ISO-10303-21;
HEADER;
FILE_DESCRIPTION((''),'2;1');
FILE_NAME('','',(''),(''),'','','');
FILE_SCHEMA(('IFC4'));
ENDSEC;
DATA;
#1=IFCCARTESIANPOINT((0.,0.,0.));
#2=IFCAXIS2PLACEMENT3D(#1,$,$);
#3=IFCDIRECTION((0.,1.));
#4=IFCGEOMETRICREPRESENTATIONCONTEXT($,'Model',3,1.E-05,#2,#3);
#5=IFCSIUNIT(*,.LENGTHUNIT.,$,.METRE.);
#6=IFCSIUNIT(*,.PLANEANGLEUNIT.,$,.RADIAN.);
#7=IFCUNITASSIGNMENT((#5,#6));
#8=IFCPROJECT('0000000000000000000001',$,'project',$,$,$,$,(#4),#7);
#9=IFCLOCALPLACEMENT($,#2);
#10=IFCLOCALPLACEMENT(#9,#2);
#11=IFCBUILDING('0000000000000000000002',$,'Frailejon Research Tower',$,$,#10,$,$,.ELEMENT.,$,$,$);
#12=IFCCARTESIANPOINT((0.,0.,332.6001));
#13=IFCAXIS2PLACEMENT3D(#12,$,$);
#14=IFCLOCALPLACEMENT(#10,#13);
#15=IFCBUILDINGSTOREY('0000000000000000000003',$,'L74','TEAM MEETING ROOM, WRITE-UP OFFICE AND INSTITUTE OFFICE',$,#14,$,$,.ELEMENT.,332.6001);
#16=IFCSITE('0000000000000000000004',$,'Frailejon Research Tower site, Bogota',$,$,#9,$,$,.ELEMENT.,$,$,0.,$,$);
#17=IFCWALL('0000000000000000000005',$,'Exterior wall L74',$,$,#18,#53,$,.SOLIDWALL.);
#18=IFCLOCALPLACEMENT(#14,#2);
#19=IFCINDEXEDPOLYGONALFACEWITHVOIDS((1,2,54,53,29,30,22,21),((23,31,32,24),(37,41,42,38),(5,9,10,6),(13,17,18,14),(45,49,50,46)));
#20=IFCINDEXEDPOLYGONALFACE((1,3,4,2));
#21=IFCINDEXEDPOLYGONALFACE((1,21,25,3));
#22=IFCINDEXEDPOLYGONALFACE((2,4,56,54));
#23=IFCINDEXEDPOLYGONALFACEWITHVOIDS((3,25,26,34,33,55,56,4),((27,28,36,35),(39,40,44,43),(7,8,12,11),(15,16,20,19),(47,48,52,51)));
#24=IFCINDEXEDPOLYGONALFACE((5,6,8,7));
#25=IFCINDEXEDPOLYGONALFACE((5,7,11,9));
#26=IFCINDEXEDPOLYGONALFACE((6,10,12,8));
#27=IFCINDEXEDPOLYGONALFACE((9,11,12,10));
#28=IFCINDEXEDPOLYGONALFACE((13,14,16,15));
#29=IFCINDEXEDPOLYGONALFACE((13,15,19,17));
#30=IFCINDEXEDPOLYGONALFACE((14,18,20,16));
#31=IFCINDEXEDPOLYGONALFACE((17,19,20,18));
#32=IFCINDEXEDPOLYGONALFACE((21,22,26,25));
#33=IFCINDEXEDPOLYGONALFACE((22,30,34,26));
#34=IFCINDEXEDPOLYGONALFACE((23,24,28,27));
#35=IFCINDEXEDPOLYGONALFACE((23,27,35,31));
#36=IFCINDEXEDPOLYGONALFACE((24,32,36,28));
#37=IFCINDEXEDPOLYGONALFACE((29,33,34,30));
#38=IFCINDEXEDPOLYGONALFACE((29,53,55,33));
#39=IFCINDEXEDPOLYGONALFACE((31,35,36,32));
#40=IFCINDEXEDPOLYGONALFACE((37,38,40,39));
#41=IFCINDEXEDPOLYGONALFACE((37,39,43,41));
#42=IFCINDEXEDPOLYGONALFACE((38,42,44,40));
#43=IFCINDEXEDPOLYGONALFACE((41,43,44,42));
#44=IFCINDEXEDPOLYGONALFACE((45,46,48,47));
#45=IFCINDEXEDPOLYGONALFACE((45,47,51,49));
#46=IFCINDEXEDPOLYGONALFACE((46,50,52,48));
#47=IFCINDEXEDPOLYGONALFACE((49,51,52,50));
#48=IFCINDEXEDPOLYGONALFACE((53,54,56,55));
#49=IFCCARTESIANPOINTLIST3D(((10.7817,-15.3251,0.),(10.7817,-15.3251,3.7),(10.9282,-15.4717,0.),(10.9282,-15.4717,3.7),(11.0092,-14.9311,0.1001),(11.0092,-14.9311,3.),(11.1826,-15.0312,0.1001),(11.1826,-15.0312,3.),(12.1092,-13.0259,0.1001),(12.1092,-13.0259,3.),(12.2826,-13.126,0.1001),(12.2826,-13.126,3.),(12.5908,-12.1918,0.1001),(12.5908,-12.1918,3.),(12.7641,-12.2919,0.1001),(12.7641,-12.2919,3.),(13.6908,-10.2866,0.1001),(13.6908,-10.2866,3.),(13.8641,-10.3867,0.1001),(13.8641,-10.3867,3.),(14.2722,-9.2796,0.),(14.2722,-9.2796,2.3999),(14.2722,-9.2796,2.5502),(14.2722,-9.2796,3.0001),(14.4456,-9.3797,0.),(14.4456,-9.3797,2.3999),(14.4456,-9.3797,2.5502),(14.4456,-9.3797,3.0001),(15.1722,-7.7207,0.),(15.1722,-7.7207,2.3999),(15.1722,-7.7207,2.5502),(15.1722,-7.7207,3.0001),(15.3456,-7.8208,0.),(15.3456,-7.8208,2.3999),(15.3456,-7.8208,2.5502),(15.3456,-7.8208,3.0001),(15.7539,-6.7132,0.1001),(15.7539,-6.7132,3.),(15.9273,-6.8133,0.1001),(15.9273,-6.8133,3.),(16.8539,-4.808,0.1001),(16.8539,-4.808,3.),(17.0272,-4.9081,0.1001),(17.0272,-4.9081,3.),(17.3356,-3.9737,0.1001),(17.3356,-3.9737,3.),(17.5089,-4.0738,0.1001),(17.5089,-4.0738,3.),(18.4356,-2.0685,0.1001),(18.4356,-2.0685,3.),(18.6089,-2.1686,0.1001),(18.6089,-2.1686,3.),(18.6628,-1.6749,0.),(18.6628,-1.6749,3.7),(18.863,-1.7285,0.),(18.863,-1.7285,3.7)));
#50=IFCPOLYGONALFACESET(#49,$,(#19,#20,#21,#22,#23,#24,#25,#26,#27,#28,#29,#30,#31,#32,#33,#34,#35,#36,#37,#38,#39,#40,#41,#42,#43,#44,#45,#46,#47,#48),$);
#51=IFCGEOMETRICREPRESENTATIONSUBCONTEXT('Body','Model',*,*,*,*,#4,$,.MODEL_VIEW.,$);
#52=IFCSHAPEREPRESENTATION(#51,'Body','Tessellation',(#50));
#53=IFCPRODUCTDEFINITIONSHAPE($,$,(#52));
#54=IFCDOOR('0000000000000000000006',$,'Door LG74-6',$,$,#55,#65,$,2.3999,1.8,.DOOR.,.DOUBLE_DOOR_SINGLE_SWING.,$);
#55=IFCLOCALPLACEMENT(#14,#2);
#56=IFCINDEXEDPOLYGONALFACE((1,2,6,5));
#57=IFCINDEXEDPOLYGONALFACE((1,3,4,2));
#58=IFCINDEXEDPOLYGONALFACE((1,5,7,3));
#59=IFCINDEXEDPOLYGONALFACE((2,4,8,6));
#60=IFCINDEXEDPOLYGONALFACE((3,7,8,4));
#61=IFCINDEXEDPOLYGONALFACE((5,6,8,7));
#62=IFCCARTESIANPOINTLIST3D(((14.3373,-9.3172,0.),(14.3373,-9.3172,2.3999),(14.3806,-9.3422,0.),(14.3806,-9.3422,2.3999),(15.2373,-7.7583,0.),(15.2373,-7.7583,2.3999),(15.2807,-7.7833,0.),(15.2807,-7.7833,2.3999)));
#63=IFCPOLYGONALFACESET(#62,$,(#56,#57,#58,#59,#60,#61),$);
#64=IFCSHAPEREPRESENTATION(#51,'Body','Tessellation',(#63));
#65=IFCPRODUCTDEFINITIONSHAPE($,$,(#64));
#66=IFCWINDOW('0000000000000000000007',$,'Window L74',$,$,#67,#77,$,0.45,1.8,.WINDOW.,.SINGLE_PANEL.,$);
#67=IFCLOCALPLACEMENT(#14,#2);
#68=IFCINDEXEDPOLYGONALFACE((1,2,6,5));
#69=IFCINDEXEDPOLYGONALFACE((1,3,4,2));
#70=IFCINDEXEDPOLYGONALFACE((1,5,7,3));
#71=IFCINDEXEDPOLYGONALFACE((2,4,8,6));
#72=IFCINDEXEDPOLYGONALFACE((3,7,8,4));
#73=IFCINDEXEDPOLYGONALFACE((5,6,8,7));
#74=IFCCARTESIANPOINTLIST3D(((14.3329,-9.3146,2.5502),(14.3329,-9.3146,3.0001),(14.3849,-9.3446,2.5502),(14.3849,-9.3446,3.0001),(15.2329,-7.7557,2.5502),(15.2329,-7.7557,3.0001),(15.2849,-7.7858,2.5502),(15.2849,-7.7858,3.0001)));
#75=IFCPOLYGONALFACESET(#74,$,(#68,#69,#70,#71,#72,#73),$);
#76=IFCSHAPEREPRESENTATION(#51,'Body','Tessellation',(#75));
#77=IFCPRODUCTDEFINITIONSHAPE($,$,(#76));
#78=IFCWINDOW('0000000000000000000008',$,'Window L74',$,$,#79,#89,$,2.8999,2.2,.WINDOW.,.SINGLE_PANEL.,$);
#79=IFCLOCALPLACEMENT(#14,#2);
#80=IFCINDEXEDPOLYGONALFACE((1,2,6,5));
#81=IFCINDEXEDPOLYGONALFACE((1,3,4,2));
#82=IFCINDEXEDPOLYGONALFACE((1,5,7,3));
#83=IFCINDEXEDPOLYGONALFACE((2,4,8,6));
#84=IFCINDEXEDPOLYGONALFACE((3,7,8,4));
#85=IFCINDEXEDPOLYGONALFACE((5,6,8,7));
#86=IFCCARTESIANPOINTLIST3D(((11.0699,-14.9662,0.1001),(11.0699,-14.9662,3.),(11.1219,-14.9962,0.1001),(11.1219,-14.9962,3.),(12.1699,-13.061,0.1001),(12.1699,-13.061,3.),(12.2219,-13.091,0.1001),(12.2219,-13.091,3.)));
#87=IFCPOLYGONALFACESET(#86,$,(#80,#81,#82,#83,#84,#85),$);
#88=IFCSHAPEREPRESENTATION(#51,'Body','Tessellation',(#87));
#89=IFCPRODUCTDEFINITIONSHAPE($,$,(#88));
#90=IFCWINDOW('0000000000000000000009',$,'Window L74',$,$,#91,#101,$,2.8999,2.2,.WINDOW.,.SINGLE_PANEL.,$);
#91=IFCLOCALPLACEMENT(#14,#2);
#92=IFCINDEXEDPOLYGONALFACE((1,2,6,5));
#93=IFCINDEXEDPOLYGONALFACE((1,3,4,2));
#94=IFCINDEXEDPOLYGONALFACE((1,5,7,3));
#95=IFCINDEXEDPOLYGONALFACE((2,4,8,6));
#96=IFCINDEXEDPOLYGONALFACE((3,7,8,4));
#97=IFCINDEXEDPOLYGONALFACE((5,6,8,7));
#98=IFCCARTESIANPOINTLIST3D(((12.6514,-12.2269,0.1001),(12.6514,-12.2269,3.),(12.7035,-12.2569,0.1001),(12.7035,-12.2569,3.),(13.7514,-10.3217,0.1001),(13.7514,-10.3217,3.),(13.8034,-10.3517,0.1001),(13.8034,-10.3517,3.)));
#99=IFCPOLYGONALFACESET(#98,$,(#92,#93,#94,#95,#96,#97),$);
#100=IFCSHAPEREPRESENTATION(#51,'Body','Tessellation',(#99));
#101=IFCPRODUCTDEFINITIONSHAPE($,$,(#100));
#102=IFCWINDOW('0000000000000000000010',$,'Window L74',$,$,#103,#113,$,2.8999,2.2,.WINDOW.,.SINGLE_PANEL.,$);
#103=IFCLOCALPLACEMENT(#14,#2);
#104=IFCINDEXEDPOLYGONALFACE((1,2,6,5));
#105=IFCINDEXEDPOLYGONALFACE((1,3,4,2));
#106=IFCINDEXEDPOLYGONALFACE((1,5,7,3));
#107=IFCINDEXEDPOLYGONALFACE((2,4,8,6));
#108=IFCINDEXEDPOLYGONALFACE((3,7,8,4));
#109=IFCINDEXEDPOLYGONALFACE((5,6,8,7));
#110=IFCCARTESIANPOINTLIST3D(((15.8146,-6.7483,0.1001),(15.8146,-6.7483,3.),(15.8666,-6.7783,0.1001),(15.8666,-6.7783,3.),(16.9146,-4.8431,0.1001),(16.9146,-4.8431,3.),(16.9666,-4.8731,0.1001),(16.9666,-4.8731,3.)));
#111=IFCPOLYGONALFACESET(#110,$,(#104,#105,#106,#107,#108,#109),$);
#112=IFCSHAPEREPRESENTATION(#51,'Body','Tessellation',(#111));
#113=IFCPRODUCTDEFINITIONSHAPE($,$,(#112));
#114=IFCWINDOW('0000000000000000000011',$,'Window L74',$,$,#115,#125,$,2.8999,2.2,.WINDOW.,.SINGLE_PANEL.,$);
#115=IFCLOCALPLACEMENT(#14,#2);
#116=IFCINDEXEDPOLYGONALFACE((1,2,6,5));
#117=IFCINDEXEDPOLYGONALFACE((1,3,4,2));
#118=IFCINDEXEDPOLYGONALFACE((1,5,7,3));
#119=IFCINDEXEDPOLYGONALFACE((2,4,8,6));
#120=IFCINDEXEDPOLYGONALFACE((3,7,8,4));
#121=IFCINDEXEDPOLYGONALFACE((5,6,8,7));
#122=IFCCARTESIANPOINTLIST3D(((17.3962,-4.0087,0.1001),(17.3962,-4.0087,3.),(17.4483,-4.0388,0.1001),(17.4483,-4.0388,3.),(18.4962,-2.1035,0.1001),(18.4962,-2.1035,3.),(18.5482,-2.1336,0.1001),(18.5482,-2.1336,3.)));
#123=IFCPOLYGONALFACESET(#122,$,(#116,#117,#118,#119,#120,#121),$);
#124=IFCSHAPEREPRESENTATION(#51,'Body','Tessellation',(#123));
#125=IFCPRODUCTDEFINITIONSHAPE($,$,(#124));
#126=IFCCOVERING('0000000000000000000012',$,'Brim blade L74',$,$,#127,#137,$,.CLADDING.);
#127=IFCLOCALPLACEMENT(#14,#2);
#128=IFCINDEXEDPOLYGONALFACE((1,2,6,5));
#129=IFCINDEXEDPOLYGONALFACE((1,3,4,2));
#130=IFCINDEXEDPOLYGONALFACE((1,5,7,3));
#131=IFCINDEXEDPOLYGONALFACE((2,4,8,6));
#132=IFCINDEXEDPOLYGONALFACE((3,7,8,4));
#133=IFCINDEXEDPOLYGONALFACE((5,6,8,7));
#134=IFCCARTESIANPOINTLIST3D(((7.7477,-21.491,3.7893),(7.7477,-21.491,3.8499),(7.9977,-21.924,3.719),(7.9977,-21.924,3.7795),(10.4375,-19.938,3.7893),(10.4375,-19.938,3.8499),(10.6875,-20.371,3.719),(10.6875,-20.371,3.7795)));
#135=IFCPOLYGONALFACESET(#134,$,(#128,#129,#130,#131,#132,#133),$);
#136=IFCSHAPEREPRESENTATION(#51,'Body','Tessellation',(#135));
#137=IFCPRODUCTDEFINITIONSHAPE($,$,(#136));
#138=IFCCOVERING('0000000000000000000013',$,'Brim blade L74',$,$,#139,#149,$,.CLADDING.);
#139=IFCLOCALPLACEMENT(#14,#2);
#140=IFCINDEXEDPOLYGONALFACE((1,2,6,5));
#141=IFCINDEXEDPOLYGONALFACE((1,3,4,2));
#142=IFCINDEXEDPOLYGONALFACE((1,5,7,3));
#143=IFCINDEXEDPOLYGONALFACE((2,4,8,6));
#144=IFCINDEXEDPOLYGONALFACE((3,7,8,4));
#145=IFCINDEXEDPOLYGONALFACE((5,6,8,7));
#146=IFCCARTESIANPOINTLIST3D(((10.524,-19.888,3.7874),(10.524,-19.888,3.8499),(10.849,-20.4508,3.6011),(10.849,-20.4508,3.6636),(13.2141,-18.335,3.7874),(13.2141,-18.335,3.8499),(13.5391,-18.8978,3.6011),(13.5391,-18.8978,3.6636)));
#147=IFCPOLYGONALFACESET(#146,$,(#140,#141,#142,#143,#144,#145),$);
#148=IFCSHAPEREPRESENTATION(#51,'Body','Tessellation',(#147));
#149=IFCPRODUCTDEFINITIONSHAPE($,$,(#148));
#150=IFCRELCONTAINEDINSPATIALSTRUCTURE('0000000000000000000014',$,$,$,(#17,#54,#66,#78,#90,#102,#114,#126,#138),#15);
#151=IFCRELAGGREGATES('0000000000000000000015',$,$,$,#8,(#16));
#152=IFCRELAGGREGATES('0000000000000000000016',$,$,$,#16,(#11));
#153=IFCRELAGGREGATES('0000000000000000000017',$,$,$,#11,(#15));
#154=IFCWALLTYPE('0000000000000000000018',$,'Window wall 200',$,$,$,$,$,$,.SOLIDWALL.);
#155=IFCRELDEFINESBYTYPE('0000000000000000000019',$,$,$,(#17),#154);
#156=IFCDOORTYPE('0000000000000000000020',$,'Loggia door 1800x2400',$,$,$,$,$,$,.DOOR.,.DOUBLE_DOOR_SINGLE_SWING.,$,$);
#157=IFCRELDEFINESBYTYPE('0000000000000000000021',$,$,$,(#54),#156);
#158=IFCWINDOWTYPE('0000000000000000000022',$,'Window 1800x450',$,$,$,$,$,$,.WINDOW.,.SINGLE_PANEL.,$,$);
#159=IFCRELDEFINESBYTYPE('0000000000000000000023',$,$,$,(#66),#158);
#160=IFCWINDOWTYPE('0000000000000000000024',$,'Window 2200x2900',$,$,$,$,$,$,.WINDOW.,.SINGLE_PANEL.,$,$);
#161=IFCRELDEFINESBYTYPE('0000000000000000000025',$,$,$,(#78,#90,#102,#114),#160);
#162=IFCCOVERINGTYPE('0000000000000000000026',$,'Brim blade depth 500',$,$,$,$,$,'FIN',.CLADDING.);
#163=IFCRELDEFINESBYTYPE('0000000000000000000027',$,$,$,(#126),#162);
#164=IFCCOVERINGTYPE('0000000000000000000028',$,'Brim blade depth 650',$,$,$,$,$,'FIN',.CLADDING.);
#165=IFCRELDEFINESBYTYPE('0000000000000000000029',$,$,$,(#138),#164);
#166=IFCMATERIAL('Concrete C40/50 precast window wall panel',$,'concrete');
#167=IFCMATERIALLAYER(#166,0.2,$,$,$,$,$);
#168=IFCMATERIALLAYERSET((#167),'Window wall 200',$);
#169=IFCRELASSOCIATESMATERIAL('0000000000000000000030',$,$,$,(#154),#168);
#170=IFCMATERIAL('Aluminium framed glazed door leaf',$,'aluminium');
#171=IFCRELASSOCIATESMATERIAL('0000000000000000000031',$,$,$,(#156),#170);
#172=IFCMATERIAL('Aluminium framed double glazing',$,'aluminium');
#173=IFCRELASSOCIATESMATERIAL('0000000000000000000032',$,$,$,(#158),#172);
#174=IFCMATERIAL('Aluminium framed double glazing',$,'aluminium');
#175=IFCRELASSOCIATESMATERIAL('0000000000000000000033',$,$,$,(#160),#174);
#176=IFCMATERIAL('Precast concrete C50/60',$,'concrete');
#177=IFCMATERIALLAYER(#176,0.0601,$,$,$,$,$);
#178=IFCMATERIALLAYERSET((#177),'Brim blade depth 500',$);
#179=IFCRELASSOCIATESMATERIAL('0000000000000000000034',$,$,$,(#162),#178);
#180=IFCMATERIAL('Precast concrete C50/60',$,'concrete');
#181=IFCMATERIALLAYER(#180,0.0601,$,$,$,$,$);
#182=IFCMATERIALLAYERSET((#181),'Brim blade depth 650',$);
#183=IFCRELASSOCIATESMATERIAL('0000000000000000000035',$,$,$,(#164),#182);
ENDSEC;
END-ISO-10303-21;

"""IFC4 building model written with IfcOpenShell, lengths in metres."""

from ifc_helpers import new_model, si_unit, direction, frame, frame_2d, origin, place, context, subcontext, project, spatial, polyline, rectangle, outline, extrude, material, layer, layer_set, type_object, element, fill, save


model = new_model("IFC4")

# Units and contexts
model_context = context("Model", 3, precision=1e-05, world=origin(), true_north=direction((0.0, 1.0)))
body_context = subcontext(model_context, "Body", "Model", "MODEL_VIEW")
ifc_project = project(units=[si_unit("LENGTHUNIT", "METRE"), si_unit("PLANEANGLEUNIT", "RADIAN")], contexts=[model_context])

# Site, building, storey
site_placement = place(None, origin())
site = spatial("IfcSite", under=ifc_project, at=site_placement, Name="Frailejon Research Tower site, Bogota", CompositionType="ELEMENT", RefElevation=0.0)
building_placement = place(site_placement, origin())
building = spatial("IfcBuilding", under=site, at=building_placement, Name="Frailejon Research Tower", CompositionType="ELEMENT")
storey_placement = place(building_placement, frame((0.0, 0.0, 332.6001)))
storey = spatial("IfcBuildingStorey", under=building, at=storey_placement, Name="L74", Description="TEAM MEETING ROOM, WRITE-UP OFFICE AND INSTITUTE OFFICE", CompositionType="ELEMENT", Elevation=332.6001)

# Wall, openings, door, windows
ifc_material_1 = material(Name="Concrete C40/50 precast window wall panel", Category="concrete")
ifc_layer_1 = layer(ifc_material_1, 0.2)
ifc_layer_set_1 = layer_set([ifc_layer_1], Name="Window wall 200")
wall_type_1 = type_object("IfcWallType", Name="Window wall 200", PredefinedType="SOLIDWALL", material=ifc_layer_set_1)
wall_1_placement = place(storey_placement, frame((10.855, -15.3984, 0.0), z_axis=(0.0, 0.0, 1.0), x_axis=(0.500006, 0.866022, 0.0)))
wall_1 = element("IfcWall", 1, at=wall_1_placement, inside=storey, type_object=wall_type_1, Name="Exterior wall L74", PredefinedType="SOLIDWALL", context=body_context, shape_type="SweptSolid", body=[
    extrude(outline(polyline([(-0.0269, -0.1001), (1.031, -0.1001), (2.0891, -0.1001), (3.147, -0.1001), (4.2051, -0.1001), (5.2629, -0.1001), (6.3208, -0.1001), (7.3789, -0.1001), (8.4368, -0.1001), (9.4949, -0.1001), (10.5527, -0.1001), (11.6106, -0.1001), (12.6687, -0.1001), (13.7266, -0.1001), (14.7847, -0.1001), (15.8425, -0.1001), (15.7888, 0.1001), (14.738, 0.1001), (13.6873, 0.1001), (12.6365, 0.1001), (11.5857, 0.1001), (10.5349, 0.1001), (9.4841, 0.1001), (8.4333, 0.1001), (7.3823, 0.1001), (6.3315, 0.1001), (5.2808, 0.1001), (4.23, 0.1001), (3.1792, 0.1001), (2.1284, 0.1001), (1.0776, 0.1001), (0.0269, 0.1001), (-0.0269, -0.1001)])), origin(), (0.0, 0.0, 1.0), 3.7),
])
opening_1_placement = place(wall_1_placement, frame((0.4817, 0.0, 0.1001)))
opening_1 = element("IfcOpeningElement", 2, at=opening_1_placement, cuts=wall_1, PredefinedType="OPENING", context=body_context, shape_type="SweptSolid", body=[
    extrude(rectangle(XDim=2.2, YDim=2.8999, at=frame_2d((1.1001, 1.45))), frame((0.0, 0.1099, 0.0), z_axis=(0.0, -1.0, 0.0), x_axis=(1.0, 0.0, 0.0)), (0.0, 0.0, 1.0), 0.22),
])
opening_2_placement = place(wall_1_placement, frame((3.6448, 0.0, 0.1001)))
opening_2 = element("IfcOpeningElement", 3, at=opening_2_placement, cuts=wall_1, PredefinedType="OPENING", context=body_context, shape_type="SweptSolid", body=[
    extrude(rectangle(XDim=2.2, YDim=2.8999, at=frame_2d((1.1001, 1.45))), frame((0.0, 0.1099, 0.0), z_axis=(0.0, -1.0, 0.0), x_axis=(1.0, 0.0, 0.0)), (0.0, 0.0, 1.0), 0.22),
])
opening_3_placement = place(wall_1_placement, frame((7.0078, 0.0, 0.0)))
opening_3 = element("IfcOpeningElement", 4, at=opening_3_placement, cuts=wall_1, PredefinedType="OPENING", context=body_context, shape_type="SweptSolid", body=[
    extrude(rectangle(XDim=1.8, YDim=2.3999, at=frame_2d((0.8999, 1.2))), frame((0.0, 0.1099, 0.0), z_axis=(0.0, -1.0, 0.0), x_axis=(1.0, 0.0, 0.0)), (0.0, 0.0, 1.0), 0.22),
])
opening_4_placement = place(wall_1_placement, frame((7.0078, 0.0, 2.55)))
opening_4 = element("IfcOpeningElement", 5, at=opening_4_placement, cuts=wall_1, PredefinedType="OPENING", context=body_context, shape_type="SweptSolid", body=[
    extrude(rectangle(XDim=1.8, YDim=0.45, at=frame_2d((0.8999, 0.2251))), frame((0.0, 0.1099, 0.0), z_axis=(0.0, -1.0, 0.0), x_axis=(1.0, 0.0, 0.0)), (0.0, 0.0, 1.0), 0.22),
])
opening_5_placement = place(wall_1_placement, frame((9.9709, 0.0, 0.1001)))
opening_5 = element("IfcOpeningElement", 6, at=opening_5_placement, cuts=wall_1, PredefinedType="OPENING", context=body_context, shape_type="SweptSolid", body=[
    extrude(rectangle(XDim=2.2, YDim=2.8999, at=frame_2d((1.1001, 1.45))), frame((0.0, 0.1099, 0.0), z_axis=(0.0, -1.0, 0.0), x_axis=(1.0, 0.0, 0.0)), (0.0, 0.0, 1.0), 0.22),
])
opening_6_placement = place(wall_1_placement, frame((13.1343, 0.0, 0.1001)))
opening_6 = element("IfcOpeningElement", 7, at=opening_6_placement, cuts=wall_1, PredefinedType="OPENING", context=body_context, shape_type="SweptSolid", body=[
    extrude(rectangle(XDim=2.2, YDim=2.8999, at=frame_2d((1.1001, 1.45))), frame((0.0, 0.1099, 0.0), z_axis=(0.0, -1.0, 0.0), x_axis=(1.0, 0.0, 0.0)), (0.0, 0.0, 1.0), 0.22),
])
ifc_material_2 = material(Name="Aluminium framed glazed door leaf", Category="aluminium")
door_type = type_object("IfcDoorType", Name="Loggia door 1800x2400", OperationType="DOUBLE_DOOR_SINGLE_SWING", PredefinedType="DOOR", material=ifc_material_2)
door_placement = place(opening_3_placement, origin())
door = element("IfcDoor", 8, at=door_placement, inside=storey, type_object=door_type, Name="Door LG74-6", OperationType="DOUBLE_DOOR_SINGLE_SWING", OverallHeight=2.3999, OverallWidth=1.8, PredefinedType="DOOR", context=body_context, shape_type="SweptSolid", body=[
    extrude(rectangle(XDim=1.8, YDim=2.3999, at=frame_2d((0.8999, 1.2))), frame((0.0, 0.0249, 0.0), z_axis=(0.0, -1.0, 0.0), x_axis=(1.0, 0.0, 0.0)), (0.0, 0.0, 1.0), 0.05),
])
fill(opening_3, door)
ifc_material_3 = material(Name="Aluminium framed double glazing", Category="aluminium")
window_type_1 = type_object("IfcWindowType", Name="Window 1800x450", PartitioningType="SINGLE_PANEL", PredefinedType="WINDOW", material=ifc_material_3)
window_1_placement = place(opening_4_placement, origin())
window_1 = element("IfcWindow", 9, at=window_1_placement, inside=storey, type_object=window_type_1, Name="Window L74", OverallHeight=0.45, OverallWidth=1.8, PartitioningType="SINGLE_PANEL", PredefinedType="WINDOW", context=body_context, shape_type="SweptSolid", body=[
    extrude(rectangle(XDim=1.8, YDim=0.45, at=frame_2d((0.8999, 0.2251))), frame((0.0, 0.03, 0.0), z_axis=(0.0, -1.0, 0.0), x_axis=(1.0, 0.0, 0.0)), (0.0, 0.0, 1.0), 0.0601),
])
fill(opening_4, window_1)
ifc_material_4 = material(Name="Aluminium framed double glazing", Category="aluminium")
window_type_2 = type_object("IfcWindowType", Name="Window 2200x2900", PartitioningType="SINGLE_PANEL", PredefinedType="WINDOW", material=ifc_material_4)
window_2_placement = place(opening_1_placement, origin())
window_2 = element("IfcWindow", 10, at=window_2_placement, inside=storey, type_object=window_type_2, Name="Window L74", OverallHeight=2.8999, OverallWidth=2.2, PartitioningType="SINGLE_PANEL", PredefinedType="WINDOW", context=body_context, shape_type="SweptSolid", body=[
    extrude(rectangle(XDim=2.2, YDim=2.8999, at=frame_2d((1.1001, 1.45))), frame((0.0, 0.03, 0.0), z_axis=(0.0, -1.0, 0.0), x_axis=(1.0, 0.0, 0.0)), (0.0, 0.0, 1.0), 0.0601),
])
fill(opening_1, window_2)
window_3_placement = place(opening_2_placement, origin())
window_3 = element("IfcWindow", 11, at=window_3_placement, inside=storey, type_object=window_type_2, Name="Window L74", OverallHeight=2.8999, OverallWidth=2.2, PartitioningType="SINGLE_PANEL", PredefinedType="WINDOW", context=body_context, shape_type="SweptSolid", body=[
    extrude(rectangle(XDim=2.2, YDim=2.8999, at=frame_2d((1.1001, 1.45))), frame((0.0, 0.03, 0.0), z_axis=(0.0, -1.0, 0.0), x_axis=(1.0, 0.0, 0.0)), (0.0, 0.0, 1.0), 0.0601),
])
fill(opening_2, window_3)
window_4_placement = place(opening_5_placement, origin())
window_4 = element("IfcWindow", 12, at=window_4_placement, inside=storey, type_object=window_type_2, Name="Window L74", OverallHeight=2.8999, OverallWidth=2.2, PartitioningType="SINGLE_PANEL", PredefinedType="WINDOW", context=body_context, shape_type="SweptSolid", body=[
    extrude(rectangle(XDim=2.2, YDim=2.8999, at=frame_2d((1.1001, 1.45))), frame((0.0, 0.03, 0.0), z_axis=(0.0, -1.0, 0.0), x_axis=(1.0, 0.0, 0.0)), (0.0, 0.0, 1.0), 0.0601),
])
fill(opening_5, window_4)
window_5_placement = place(opening_6_placement, origin())
window_5 = element("IfcWindow", 13, at=window_5_placement, inside=storey, type_object=window_type_2, Name="Window L74", OverallHeight=2.8999, OverallWidth=2.2, PartitioningType="SINGLE_PANEL", PredefinedType="WINDOW", context=body_context, shape_type="SweptSolid", body=[
    extrude(rectangle(XDim=2.2, YDim=2.8999, at=frame_2d((1.1001, 1.45))), frame((0.0, 0.03, 0.0), z_axis=(0.0, -1.0, 0.0), x_axis=(1.0, 0.0, 0.0)), (0.0, 0.0, 1.0), 0.0601),
])
fill(opening_6, window_5)

# Coverings
ifc_material_5 = material(Name="Precast concrete C50/60", Category="concrete")
ifc_layer_2 = layer(ifc_material_5, 0.0601)
ifc_layer_set_2 = layer_set([ifc_layer_2], Name="Brim blade depth 500")
covering_type_1 = type_object("IfcCoveringType", Name="Brim blade depth 500", ElementType="FIN", PredefinedType="CLADDING", material=ifc_layer_set_2)
covering_1_placement = place(storey_placement, frame((10.4375, -19.938, 3.8499), z_axis=(-0.866027, -0.499997, 0.0), x_axis=(0.499997, -0.866027, 0.0)))
element("IfcCovering", 14, at=covering_1_placement, inside=storey, type_object=covering_type_1, Name="Brim blade L74", PredefinedType="CLADDING", context=body_context, shape_type="SweptSolid", body=[
    extrude(outline(polyline([(0.0, -0.0605), (0.5, -0.1309), (0.5, -0.0703), (0.0, 0.0), (0.0, -0.0605)])), origin(), (0.0, 0.0, 1.0), 3.106),
])
ifc_material_6 = material(Name="Precast concrete C50/60", Category="concrete")
ifc_layer_3 = layer(ifc_material_6, 0.0601)
ifc_layer_set_3 = layer_set([ifc_layer_3], Name="Brim blade depth 650")
covering_type_2 = type_object("IfcCoveringType", Name="Brim blade depth 650", ElementType="FIN", PredefinedType="CLADDING", material=ifc_layer_set_3)
covering_2_placement = place(storey_placement, frame((13.2141, -18.335, 3.8499), z_axis=(-0.866035, -0.499983, 0.0), x_axis=(0.499983, -0.866035, 0.0)))
element("IfcCovering", 15, at=covering_2_placement, inside=storey, type_object=covering_type_2, Name="Brim blade L74", PredefinedType="CLADDING", context=body_context, shape_type="SweptSolid", body=[
    extrude(outline(polyline([(0.0, -0.0625), (0.6499, -0.2488), (0.6499, -0.1863), (0.0, 0.0), (0.0, -0.0625)])), origin(), (0.0, 0.0, 1.0), 3.1062),
])

save(model, "model.ifc")
